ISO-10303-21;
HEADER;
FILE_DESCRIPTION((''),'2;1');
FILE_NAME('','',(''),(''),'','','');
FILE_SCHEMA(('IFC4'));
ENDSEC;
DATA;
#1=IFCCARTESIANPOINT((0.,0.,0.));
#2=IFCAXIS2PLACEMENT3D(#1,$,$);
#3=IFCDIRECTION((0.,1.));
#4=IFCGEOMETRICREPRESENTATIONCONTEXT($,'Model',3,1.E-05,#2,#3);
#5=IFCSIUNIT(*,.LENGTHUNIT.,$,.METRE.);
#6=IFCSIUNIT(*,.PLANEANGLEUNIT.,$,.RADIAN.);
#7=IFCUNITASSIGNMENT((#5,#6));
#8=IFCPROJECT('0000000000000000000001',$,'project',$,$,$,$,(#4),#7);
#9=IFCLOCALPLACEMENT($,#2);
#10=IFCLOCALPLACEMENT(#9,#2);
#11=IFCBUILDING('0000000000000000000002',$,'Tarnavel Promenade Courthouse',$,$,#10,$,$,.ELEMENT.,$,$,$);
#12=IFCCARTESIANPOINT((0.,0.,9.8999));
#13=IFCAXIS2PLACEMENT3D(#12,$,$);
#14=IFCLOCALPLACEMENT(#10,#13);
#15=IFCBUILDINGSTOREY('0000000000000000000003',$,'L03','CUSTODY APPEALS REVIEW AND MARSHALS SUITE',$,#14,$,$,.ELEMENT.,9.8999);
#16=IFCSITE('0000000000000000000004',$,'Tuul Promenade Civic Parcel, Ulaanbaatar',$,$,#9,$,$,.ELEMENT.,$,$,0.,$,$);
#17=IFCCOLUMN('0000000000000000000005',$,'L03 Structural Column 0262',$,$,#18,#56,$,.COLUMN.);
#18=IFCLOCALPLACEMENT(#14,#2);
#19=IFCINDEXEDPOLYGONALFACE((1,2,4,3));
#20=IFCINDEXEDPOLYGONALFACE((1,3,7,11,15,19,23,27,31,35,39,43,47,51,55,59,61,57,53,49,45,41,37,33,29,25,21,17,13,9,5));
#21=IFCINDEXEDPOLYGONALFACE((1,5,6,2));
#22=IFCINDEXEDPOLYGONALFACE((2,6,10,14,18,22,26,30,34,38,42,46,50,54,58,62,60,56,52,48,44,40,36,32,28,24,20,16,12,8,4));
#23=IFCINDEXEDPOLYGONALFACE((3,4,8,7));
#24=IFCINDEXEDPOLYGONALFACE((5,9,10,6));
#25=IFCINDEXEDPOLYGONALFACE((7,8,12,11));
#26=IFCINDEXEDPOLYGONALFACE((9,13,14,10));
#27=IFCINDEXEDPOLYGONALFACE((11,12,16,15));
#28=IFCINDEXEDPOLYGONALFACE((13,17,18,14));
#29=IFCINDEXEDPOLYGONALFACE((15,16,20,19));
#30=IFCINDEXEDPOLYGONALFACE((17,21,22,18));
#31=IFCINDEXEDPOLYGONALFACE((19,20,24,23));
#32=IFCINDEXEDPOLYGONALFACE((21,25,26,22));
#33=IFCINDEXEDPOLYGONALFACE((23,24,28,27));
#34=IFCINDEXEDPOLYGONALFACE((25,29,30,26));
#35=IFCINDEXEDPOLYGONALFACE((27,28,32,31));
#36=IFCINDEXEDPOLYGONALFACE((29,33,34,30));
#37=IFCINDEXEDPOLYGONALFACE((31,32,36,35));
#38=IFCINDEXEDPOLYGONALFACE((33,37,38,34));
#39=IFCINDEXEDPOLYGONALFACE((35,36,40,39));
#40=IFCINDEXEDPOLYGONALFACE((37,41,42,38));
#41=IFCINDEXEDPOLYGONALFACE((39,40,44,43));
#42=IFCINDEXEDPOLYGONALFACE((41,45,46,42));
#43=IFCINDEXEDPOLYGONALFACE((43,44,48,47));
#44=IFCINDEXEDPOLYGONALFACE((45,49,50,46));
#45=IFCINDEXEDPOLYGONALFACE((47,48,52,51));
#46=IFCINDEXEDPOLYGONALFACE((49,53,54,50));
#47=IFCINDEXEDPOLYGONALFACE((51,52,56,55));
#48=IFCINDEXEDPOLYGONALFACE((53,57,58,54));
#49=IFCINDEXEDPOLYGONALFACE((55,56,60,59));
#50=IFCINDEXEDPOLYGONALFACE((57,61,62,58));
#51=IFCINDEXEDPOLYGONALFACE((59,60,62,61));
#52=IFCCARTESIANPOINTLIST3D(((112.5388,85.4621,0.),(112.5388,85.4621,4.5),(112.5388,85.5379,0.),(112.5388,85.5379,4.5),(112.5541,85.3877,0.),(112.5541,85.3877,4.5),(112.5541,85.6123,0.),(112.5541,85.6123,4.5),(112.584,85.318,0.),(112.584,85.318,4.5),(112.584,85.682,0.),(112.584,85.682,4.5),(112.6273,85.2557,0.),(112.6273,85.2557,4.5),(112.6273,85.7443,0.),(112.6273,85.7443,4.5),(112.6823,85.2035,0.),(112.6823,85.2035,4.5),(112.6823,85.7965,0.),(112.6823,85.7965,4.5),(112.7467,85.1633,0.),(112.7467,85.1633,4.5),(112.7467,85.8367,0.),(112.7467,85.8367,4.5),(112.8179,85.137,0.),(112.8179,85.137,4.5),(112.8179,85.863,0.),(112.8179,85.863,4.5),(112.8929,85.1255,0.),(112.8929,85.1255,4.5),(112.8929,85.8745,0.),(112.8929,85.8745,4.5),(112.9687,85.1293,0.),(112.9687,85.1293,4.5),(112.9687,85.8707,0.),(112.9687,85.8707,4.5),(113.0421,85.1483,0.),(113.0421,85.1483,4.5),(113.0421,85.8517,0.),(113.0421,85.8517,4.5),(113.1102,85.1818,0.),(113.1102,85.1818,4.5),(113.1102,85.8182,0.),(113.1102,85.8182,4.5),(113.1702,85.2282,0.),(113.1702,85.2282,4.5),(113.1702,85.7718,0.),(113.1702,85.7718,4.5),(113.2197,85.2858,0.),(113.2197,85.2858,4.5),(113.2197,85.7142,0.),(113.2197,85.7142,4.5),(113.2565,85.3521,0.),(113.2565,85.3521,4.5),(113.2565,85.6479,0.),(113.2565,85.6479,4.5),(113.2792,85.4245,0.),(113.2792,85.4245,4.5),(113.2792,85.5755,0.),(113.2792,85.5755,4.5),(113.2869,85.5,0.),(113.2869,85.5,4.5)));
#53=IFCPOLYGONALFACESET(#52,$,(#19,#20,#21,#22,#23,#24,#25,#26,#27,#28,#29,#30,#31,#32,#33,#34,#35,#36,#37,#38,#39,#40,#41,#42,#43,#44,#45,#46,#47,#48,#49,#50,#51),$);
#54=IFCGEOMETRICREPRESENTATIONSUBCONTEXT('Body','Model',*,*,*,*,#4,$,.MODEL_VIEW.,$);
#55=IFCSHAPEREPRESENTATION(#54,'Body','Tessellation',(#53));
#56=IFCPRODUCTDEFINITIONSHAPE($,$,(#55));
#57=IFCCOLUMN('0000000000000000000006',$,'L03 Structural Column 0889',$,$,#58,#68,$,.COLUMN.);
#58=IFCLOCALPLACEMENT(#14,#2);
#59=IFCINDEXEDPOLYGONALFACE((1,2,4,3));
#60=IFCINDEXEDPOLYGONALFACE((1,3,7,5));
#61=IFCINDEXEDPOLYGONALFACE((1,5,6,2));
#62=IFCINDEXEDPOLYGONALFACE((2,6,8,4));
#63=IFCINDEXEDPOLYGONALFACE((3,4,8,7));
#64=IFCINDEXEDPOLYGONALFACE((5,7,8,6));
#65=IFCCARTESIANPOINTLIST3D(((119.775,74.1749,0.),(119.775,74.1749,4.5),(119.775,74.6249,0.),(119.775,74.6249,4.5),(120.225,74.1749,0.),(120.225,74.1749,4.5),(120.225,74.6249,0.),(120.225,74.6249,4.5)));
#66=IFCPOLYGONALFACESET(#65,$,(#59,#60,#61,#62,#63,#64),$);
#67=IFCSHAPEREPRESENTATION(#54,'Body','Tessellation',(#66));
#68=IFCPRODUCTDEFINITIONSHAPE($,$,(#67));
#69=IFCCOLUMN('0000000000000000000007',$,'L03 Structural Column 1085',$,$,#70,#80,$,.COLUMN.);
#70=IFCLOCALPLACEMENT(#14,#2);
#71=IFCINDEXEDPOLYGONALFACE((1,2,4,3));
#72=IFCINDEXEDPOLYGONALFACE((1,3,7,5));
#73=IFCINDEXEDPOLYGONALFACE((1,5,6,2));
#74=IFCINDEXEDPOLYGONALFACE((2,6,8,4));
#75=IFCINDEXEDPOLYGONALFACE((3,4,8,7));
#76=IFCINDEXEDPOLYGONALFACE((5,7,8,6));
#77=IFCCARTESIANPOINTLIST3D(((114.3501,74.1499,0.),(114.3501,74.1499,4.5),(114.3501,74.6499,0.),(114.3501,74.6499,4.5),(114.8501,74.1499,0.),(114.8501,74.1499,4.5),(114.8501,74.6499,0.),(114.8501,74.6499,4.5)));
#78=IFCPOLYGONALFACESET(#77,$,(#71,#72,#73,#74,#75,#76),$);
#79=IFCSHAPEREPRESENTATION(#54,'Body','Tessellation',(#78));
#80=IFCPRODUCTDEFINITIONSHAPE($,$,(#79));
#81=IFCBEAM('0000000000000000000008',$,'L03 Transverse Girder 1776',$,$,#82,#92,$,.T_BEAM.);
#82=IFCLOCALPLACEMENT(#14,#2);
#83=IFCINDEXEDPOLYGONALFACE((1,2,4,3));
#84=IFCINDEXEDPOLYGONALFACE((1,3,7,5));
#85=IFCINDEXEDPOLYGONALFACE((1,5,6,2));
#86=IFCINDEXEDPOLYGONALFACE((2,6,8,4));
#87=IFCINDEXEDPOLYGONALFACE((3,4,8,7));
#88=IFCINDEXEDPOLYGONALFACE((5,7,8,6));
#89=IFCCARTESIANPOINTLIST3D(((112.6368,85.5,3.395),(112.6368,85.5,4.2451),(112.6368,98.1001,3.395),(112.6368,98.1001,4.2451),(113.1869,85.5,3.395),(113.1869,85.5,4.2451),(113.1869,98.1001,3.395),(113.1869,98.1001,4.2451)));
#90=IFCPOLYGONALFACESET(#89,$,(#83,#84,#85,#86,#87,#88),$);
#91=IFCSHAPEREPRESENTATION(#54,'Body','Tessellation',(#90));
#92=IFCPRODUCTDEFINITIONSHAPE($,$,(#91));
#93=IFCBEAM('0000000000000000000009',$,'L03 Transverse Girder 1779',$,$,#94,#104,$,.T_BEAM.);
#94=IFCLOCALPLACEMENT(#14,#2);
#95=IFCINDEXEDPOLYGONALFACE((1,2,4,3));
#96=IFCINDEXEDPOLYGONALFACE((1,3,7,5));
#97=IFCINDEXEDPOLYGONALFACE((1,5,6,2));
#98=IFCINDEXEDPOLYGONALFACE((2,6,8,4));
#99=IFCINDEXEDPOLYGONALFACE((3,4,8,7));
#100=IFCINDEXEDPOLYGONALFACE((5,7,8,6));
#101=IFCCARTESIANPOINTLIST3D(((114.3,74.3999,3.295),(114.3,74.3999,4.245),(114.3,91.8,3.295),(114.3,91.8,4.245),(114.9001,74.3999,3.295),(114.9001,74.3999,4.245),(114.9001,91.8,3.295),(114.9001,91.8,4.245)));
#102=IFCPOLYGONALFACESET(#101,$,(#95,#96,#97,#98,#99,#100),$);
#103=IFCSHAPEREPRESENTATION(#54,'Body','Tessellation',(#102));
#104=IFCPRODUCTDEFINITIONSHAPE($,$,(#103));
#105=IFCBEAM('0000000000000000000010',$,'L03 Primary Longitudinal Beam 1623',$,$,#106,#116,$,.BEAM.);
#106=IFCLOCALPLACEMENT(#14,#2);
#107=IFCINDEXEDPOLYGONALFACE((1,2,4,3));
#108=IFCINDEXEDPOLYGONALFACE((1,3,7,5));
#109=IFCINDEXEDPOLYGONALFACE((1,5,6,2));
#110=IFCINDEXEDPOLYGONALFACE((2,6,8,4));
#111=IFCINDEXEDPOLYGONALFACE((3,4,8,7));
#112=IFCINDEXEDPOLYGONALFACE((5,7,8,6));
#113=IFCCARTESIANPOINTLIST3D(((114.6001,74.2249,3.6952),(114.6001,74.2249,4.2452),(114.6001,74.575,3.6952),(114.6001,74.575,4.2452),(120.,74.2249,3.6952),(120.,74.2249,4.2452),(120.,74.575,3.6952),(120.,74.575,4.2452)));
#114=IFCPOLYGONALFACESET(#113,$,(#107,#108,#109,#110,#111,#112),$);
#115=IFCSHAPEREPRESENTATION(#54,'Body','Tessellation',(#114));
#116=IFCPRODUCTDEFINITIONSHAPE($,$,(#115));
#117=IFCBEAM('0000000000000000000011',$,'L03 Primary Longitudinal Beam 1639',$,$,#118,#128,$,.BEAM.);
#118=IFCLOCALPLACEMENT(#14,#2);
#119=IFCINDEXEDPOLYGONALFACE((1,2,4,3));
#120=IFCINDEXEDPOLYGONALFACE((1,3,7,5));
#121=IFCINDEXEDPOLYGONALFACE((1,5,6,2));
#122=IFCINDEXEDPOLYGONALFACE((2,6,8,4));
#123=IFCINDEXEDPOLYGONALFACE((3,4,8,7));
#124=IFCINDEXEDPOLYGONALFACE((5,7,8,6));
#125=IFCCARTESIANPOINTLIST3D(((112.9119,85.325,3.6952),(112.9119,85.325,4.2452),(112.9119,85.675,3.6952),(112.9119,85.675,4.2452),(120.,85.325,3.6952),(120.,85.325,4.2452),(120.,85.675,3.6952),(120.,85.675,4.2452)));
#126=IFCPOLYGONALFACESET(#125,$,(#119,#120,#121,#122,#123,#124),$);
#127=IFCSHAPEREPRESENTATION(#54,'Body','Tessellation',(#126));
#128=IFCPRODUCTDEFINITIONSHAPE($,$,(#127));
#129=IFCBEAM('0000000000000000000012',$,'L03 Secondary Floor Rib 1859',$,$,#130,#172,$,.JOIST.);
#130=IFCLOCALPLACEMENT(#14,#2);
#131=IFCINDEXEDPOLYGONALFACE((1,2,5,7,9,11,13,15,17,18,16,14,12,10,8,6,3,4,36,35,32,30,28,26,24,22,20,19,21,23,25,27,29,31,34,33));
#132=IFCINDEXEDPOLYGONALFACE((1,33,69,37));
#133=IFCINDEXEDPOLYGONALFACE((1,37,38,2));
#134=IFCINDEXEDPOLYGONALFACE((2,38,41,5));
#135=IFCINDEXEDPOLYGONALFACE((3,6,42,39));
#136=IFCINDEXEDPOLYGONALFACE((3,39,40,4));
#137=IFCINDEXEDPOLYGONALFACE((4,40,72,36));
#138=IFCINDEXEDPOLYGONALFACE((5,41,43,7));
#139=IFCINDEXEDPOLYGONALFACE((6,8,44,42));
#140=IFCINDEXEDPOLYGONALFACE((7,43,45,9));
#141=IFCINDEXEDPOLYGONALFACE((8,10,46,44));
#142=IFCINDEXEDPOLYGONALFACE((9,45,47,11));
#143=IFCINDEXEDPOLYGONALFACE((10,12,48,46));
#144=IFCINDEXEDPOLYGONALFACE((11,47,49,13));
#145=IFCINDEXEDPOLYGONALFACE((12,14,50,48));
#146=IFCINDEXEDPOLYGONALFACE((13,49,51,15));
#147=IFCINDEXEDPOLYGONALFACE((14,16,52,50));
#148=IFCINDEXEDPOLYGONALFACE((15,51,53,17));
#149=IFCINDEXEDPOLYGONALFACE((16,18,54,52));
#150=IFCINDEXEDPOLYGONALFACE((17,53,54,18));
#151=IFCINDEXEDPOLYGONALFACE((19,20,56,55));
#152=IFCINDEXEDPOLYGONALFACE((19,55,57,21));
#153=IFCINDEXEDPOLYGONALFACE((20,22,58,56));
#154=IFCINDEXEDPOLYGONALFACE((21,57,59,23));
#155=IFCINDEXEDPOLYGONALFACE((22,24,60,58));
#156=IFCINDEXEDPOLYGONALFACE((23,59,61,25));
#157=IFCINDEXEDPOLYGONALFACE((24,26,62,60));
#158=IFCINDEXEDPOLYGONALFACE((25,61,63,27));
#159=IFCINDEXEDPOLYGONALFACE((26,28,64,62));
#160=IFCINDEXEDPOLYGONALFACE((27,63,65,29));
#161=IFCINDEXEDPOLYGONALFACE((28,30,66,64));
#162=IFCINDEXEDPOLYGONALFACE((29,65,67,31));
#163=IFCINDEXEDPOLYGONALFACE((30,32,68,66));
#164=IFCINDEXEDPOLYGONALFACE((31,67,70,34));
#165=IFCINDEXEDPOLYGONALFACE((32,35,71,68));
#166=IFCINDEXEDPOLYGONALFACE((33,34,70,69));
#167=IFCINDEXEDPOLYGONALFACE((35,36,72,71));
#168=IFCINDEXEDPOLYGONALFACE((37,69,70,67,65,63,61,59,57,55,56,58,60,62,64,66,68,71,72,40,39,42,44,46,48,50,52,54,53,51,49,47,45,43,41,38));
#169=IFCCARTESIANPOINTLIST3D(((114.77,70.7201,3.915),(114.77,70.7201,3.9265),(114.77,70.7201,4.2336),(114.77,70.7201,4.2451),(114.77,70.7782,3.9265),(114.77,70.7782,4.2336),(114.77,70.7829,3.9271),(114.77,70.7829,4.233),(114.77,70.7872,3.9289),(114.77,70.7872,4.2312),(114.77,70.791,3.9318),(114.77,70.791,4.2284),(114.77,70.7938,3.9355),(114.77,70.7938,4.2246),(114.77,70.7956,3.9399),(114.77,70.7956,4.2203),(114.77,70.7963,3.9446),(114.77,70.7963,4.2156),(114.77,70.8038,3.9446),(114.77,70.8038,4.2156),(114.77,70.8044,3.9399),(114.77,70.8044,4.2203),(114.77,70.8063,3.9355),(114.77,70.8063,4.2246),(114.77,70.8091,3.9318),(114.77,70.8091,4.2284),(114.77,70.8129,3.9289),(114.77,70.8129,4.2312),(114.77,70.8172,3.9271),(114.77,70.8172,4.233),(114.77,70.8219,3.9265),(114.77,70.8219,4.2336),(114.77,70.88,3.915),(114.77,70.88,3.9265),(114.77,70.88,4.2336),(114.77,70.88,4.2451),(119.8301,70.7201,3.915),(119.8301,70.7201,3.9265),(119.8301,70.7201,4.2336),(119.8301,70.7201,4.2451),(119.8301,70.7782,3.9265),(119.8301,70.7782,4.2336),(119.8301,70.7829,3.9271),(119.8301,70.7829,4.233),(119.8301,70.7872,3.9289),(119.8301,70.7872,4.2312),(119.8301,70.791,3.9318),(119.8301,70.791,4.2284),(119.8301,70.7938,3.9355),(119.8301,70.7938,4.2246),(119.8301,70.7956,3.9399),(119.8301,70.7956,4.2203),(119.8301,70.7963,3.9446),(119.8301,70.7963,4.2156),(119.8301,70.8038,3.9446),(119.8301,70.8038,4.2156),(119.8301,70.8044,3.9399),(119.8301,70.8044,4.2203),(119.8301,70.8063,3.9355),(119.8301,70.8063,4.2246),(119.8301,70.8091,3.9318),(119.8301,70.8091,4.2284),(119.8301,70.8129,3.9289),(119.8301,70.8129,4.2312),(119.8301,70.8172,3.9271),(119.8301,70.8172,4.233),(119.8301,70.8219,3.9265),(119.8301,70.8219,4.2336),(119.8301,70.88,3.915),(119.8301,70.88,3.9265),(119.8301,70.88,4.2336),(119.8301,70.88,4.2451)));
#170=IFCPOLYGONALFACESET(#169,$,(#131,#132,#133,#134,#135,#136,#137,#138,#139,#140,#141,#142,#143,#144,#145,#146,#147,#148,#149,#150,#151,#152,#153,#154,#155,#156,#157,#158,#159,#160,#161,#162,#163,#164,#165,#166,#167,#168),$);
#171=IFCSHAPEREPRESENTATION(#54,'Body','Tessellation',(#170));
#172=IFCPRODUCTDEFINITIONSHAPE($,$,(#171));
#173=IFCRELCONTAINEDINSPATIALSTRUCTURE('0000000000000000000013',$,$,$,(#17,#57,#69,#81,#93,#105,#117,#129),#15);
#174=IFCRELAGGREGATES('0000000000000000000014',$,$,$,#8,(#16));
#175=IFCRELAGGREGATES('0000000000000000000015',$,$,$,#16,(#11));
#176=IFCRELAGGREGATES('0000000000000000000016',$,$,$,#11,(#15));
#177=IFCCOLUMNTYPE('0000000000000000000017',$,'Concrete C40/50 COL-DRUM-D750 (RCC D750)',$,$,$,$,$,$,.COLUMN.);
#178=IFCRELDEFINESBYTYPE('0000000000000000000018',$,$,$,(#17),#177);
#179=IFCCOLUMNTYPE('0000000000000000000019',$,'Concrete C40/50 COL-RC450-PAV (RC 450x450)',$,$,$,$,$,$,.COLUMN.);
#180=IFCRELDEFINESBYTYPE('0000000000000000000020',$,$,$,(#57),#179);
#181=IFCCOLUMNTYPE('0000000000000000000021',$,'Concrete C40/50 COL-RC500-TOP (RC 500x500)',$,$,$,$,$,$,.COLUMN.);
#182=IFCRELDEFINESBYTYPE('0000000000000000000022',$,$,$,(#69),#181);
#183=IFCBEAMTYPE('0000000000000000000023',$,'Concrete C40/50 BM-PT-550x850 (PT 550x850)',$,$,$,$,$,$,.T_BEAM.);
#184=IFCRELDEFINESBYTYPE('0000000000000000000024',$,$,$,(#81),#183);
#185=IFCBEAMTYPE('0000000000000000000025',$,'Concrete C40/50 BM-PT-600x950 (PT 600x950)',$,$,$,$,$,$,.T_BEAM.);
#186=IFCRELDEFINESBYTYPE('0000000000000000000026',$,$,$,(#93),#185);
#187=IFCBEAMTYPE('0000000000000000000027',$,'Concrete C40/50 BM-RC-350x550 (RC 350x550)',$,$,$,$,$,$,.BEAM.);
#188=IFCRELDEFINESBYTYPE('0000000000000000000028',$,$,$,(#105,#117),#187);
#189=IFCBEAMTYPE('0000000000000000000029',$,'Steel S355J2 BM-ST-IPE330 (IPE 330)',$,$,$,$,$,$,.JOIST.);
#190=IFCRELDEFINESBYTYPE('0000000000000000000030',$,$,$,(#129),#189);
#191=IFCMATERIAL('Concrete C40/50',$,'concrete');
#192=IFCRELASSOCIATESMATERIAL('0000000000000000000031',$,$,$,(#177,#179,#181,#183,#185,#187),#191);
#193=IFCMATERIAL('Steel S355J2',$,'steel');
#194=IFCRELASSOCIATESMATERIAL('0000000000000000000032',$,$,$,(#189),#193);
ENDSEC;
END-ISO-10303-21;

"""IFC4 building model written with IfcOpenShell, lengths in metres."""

from ifc_helpers import new_model, si_unit, direction, frame, origin, origin_2d, place, context, subcontext, project, spatial, rectangle, circle, i_section, extrude, material, material_profile, profile_set, type_object, element, save


model = new_model("IFC4")

# Units and contexts
model_context = context("Model", 3, precision=1e-05, world=origin(), true_north=direction((0.0, 1.0)))
body_context = subcontext(model_context, "Body", "Model", "MODEL_VIEW")
ifc_project = project(units=[si_unit("LENGTHUNIT", "METRE"), si_unit("PLANEANGLEUNIT", "RADIAN")], contexts=[model_context])

# Site, building, storey
site_placement = place(None, origin())
site = spatial("IfcSite", under=ifc_project, at=site_placement, Name="Tuul Promenade Civic Parcel, Ulaanbaatar", CompositionType="ELEMENT", RefElevation=0.0)
building_placement = place(site_placement, origin())
building = spatial("IfcBuilding", under=site, at=building_placement, Name="Tarnavel Promenade Courthouse", CompositionType="ELEMENT")
storey_placement = place(building_placement, frame((0.0, 0.0, 9.8999)))
storey = spatial("IfcBuildingStorey", under=building, at=storey_placement, Name="L03", Description="CUSTODY APPEALS REVIEW AND MARSHALS SUITE", CompositionType="ELEMENT", Elevation=9.8999)

# Columns
ifc_material_1 = material(Name="Concrete C40/50", Category="concrete")
ifc_material_profile_1 = material_profile(ifc_material_1, circle(Radius=0.375, at=origin_2d()), Name="RCC D750")
ifc_profile_set_1 = profile_set([ifc_material_profile_1], Name="Concrete C40/50")
column_type_1 = type_object("IfcColumnType", Name="Concrete C40/50 COL-DRUM-D750 (RCC D750)", PredefinedType="COLUMN", material=ifc_profile_set_1)
column_1_placement = place(storey_placement, frame((112.9119, 85.5, 0.0), z_axis=(0.0, 0.0, 1.0), x_axis=(1.0, 0.0, 0.0)))
element("IfcColumn", 1, at=column_1_placement, inside=storey, type_object=column_type_1, Name="L03 Structural Column 0262", PredefinedType="COLUMN", context=body_context, shape_type="SweptSolid", body=[
    extrude(circle(Radius=0.375, at=origin_2d()), origin(), (0.0, 0.0, 1.0), 4.5),
])
ifc_material_profile_2 = material_profile(ifc_material_1, rectangle(XDim=0.45, YDim=0.45, at=origin_2d()), Name="RC 450x450")
ifc_profile_set_2 = profile_set([ifc_material_profile_2], Name="Concrete C40/50")
column_type_2 = type_object("IfcColumnType", Name="Concrete C40/50 COL-RC450-PAV (RC 450x450)", PredefinedType="COLUMN", material=ifc_profile_set_2)
column_2_placement = place(storey_placement, frame((120.0, 74.3999, 0.0), z_axis=(0.0, 0.0, 1.0), x_axis=(1.0, 0.0, 0.0)))
element("IfcColumn", 2, at=column_2_placement, inside=storey, type_object=column_type_2, Name="L03 Structural Column 0889", PredefinedType="COLUMN", context=body_context, shape_type="SweptSolid", body=[
    extrude(rectangle(XDim=0.45, YDim=0.45, at=origin_2d()), origin(), (0.0, 0.0, 1.0), 4.5),
])
ifc_material_profile_3 = material_profile(ifc_material_1, rectangle(XDim=0.5, YDim=0.5, at=origin_2d()), Name="RC 500x500")
ifc_profile_set_3 = profile_set([ifc_material_profile_3], Name="Concrete C40/50")
column_type_3 = type_object("IfcColumnType", Name="Concrete C40/50 COL-RC500-TOP (RC 500x500)", PredefinedType="COLUMN", material=ifc_profile_set_3)
column_3_placement = place(storey_placement, frame((114.6001, 74.3999, 0.0), z_axis=(0.0, 0.0, 1.0), x_axis=(1.0, 0.0, 0.0)))
element("IfcColumn", 3, at=column_3_placement, inside=storey, type_object=column_type_3, Name="L03 Structural Column 1085", PredefinedType="COLUMN", context=body_context, shape_type="SweptSolid", body=[
    extrude(rectangle(XDim=0.5, YDim=0.5, at=origin_2d()), origin(), (0.0, 0.0, 1.0), 4.5),
])

# Beams
ifc_material_profile_4 = material_profile(ifc_material_1, rectangle(XDim=0.55, YDim=0.8501, at=origin_2d()), Name="PT 550x850")
ifc_profile_set_4 = profile_set([ifc_material_profile_4], Name="Concrete C40/50")
beam_type_1 = type_object("IfcBeamType", Name="Concrete C40/50 BM-PT-550x850 (PT 550x850)", PredefinedType="T_BEAM", material=ifc_profile_set_4)
beam_1_placement = place(storey_placement, frame((112.9119, 85.5, 3.8201), z_axis=(0.0, 1.0, 0.0), x_axis=(-1.0, 0.0, 0.0)))
element("IfcBeam", 4, at=beam_1_placement, inside=storey, type_object=beam_type_1, Name="L03 Transverse Girder 1776", PredefinedType="T_BEAM", context=body_context, shape_type="SweptSolid", body=[
    extrude(rectangle(XDim=0.55, YDim=0.8501, at=origin_2d()), origin(), (0.0, 0.0, 1.0), 12.6001),
])
ifc_material_profile_5 = material_profile(ifc_material_1, rectangle(XDim=0.6001, YDim=0.95, at=origin_2d()), Name="PT 600x950")
ifc_profile_set_5 = profile_set([ifc_material_profile_5], Name="Concrete C40/50")
beam_type_2 = type_object("IfcBeamType", Name="Concrete C40/50 BM-PT-600x950 (PT 600x950)", PredefinedType="T_BEAM", material=ifc_profile_set_5)
beam_2_placement = place(storey_placement, frame((114.6001, 74.3999, 3.77), z_axis=(0.0, 1.0, 0.0), x_axis=(-1.0, 0.0, 0.0)))
element("IfcBeam", 5, at=beam_2_placement, inside=storey, type_object=beam_type_2, Name="L03 Transverse Girder 1779", PredefinedType="T_BEAM", context=body_context, shape_type="SweptSolid", body=[
    extrude(rectangle(XDim=0.6001, YDim=0.95, at=origin_2d()), origin(), (0.0, 0.0, 1.0), 17.4001),
])
ifc_material_profile_6 = material_profile(ifc_material_1, rectangle(XDim=0.3501, YDim=0.55, at=origin_2d()), Name="RC 350x550")
ifc_profile_set_6 = profile_set([ifc_material_profile_6], Name="Concrete C40/50")
beam_type_3 = type_object("IfcBeamType", Name="Concrete C40/50 BM-RC-350x550 (RC 350x550)", PredefinedType="BEAM", material=ifc_profile_set_6)
beam_3_placement = place(storey_placement, frame((114.6001, 74.3999, 3.9702), z_axis=(1.0, 0.0, 0.0), x_axis=(0.0, 1.0, 0.0)))
element("IfcBeam", 6, at=beam_3_placement, inside=storey, type_object=beam_type_3, Name="L03 Primary Longitudinal Beam 1623", PredefinedType="BEAM", context=body_context, shape_type="SweptSolid", body=[
    extrude(rectangle(XDim=0.3501, YDim=0.55, at=origin_2d()), origin(), (0.0, 0.0, 1.0), 5.3999),
])
beam_4_placement = place(storey_placement, frame((112.9119, 85.5, 3.9702), z_axis=(1.0, 0.0, 0.0), x_axis=(0.0, 1.0, 0.0)))
element("IfcBeam", 7, at=beam_4_placement, inside=storey, type_object=beam_type_3, Name="L03 Primary Longitudinal Beam 1639", PredefinedType="BEAM", context=body_context, shape_type="SweptSolid", body=[
    extrude(rectangle(XDim=0.3501, YDim=0.55, at=origin_2d()), origin(), (0.0, 0.0, 1.0), 7.0881),
])
ifc_material_2 = material(Name="Steel S355J2", Category="steel")
ifc_material_profile_7 = material_profile(ifc_material_2, i_section(OverallWidth=0.1599, OverallDepth=0.3301, WebThickness=0.0076, FlangeThickness=0.0115, FilletRadius=0.0181, at=origin_2d()), Name="IPE 330")
ifc_profile_set_7 = profile_set([ifc_material_profile_7], Name="Steel S355J2")
beam_type_4 = type_object("IfcBeamType", Name="Steel S355J2 BM-ST-IPE330 (IPE 330)", PredefinedType="JOIST", material=ifc_profile_set_7)
beam_5_placement = place(storey_placement, frame((114.77, 70.8, 4.0801), z_axis=(1.0, 0.0, 0.0), x_axis=(0.0, 1.0, 0.0)))
element("IfcBeam", 8, at=beam_5_placement, inside=storey, type_object=beam_type_4, Name="L03 Secondary Floor Rib 1859", PredefinedType="JOIST", context=body_context, shape_type="SweptSolid", body=[
    extrude(i_section(OverallWidth=0.1599, OverallDepth=0.3301, WebThickness=0.0076, FlangeThickness=0.0115, FilletRadius=0.0181, at=origin_2d()), origin(), (0.0, 0.0, 1.0), 5.0601),
])

save(model, "model.ifc")
